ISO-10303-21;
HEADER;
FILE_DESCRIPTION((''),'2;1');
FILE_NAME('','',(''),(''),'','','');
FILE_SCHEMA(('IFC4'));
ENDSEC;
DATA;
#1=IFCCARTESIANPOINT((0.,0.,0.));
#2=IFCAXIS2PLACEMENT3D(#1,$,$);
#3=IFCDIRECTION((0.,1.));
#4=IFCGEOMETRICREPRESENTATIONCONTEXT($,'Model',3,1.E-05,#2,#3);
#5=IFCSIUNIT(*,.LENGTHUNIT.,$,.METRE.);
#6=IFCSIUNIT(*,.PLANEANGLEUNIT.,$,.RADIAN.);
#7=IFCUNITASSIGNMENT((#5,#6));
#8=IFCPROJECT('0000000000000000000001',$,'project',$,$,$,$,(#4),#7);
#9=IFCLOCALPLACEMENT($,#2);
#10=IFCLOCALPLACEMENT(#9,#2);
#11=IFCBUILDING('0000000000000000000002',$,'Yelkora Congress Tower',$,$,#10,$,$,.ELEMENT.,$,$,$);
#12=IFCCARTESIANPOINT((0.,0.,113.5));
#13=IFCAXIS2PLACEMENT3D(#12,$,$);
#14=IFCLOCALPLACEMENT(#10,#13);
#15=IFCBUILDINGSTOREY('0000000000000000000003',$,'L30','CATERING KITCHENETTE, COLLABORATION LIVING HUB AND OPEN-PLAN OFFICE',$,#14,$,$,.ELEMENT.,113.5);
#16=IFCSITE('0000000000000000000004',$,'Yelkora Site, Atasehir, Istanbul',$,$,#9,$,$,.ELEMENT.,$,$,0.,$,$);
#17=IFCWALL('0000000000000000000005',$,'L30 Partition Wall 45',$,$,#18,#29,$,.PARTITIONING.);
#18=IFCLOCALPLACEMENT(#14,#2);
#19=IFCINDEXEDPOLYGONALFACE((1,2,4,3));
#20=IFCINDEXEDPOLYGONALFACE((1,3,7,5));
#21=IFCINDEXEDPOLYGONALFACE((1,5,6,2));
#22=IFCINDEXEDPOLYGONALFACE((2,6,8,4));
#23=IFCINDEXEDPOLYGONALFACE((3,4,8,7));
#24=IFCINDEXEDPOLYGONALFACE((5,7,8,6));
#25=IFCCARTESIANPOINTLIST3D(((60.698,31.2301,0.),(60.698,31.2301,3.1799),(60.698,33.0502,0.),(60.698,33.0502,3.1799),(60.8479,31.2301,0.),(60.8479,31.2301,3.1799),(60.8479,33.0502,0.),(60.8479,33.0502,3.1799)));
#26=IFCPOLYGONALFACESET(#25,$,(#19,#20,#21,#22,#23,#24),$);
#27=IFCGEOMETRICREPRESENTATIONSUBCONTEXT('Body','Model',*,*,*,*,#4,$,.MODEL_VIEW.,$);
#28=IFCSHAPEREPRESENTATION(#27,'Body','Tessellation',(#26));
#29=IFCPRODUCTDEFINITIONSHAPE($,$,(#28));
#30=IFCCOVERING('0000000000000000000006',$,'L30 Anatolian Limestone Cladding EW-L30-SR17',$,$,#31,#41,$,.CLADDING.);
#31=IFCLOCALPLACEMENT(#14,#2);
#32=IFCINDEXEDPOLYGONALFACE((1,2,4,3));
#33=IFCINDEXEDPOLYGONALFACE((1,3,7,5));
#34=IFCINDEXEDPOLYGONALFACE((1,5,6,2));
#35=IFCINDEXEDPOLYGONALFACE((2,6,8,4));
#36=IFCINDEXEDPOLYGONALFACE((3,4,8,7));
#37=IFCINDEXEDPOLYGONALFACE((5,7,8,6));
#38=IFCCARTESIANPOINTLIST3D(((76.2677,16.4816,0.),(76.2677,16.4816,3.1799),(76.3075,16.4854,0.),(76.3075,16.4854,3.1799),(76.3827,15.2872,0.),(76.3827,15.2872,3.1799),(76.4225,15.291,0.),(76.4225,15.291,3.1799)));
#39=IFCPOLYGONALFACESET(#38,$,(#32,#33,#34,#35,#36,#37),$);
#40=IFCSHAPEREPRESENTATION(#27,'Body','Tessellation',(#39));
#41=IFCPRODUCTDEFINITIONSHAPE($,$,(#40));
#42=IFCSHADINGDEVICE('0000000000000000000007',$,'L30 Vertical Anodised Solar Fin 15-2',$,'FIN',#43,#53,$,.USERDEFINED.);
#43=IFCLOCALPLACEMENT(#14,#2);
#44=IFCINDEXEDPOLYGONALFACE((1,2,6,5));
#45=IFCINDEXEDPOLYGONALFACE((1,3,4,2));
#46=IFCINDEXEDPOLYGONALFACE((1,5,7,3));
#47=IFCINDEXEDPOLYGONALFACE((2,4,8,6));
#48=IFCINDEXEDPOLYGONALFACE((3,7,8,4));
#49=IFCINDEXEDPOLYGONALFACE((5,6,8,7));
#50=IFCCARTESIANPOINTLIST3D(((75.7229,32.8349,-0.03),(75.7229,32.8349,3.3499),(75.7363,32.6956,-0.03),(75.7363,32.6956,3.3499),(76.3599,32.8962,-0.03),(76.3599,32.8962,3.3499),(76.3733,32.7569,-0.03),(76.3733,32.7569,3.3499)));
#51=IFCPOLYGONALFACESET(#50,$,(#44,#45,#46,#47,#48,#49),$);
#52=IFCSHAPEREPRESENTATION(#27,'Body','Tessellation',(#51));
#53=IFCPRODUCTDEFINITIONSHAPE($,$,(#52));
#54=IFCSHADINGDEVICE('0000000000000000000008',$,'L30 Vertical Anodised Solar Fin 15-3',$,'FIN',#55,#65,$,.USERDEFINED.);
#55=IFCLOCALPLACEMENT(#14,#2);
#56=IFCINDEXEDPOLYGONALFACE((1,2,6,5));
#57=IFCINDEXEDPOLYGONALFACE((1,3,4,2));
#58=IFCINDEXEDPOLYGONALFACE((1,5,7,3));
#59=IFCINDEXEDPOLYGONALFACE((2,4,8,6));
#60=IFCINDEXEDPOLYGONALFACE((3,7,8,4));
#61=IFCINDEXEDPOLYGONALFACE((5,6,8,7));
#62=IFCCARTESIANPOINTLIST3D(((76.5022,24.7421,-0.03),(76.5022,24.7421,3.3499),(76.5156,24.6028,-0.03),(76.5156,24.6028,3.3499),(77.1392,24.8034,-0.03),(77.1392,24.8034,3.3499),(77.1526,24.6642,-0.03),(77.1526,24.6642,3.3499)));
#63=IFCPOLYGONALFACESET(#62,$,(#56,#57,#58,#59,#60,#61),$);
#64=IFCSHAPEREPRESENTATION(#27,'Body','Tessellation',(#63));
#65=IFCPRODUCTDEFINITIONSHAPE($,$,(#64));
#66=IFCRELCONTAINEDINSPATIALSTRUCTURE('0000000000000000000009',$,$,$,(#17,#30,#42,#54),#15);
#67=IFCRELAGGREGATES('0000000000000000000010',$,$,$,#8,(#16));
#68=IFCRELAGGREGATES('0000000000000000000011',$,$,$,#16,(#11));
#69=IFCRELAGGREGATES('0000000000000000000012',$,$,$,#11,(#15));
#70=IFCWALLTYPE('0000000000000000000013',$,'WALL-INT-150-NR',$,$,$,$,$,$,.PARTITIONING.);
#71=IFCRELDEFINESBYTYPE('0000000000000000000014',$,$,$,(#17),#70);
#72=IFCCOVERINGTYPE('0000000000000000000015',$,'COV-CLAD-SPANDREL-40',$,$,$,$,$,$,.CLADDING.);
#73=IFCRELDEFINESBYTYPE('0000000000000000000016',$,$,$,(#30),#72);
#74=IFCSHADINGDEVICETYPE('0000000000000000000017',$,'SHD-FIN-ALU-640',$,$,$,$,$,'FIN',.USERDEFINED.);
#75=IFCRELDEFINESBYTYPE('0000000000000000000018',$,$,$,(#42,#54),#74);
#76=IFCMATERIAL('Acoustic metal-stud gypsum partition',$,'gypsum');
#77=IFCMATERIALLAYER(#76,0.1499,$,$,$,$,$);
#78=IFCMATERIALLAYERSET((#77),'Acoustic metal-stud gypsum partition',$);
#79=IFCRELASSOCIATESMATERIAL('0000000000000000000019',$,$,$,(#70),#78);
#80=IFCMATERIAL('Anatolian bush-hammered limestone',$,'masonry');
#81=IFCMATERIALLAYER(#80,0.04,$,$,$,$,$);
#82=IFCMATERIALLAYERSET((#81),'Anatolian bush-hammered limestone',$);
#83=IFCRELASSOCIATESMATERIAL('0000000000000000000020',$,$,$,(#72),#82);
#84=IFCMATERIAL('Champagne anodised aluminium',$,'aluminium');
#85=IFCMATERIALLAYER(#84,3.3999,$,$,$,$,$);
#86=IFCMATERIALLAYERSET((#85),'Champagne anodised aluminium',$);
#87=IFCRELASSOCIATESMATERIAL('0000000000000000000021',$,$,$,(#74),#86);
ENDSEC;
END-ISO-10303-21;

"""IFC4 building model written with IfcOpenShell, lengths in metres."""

from ifc_helpers import new_model, si_unit, direction, frame, frame_2d, origin, origin_2d, place, context, subcontext, project, spatial, rectangle, extrude, material, layer, layer_set, type_object, element, save


model = new_model("IFC4")

# Units and contexts
model_context = context("Model", 3, precision=1e-05, world=origin(), true_north=direction((0.0, 1.0)))
body_context = subcontext(model_context, "Body", "Model", "MODEL_VIEW")
ifc_project = project(units=[si_unit("LENGTHUNIT", "METRE"), si_unit("PLANEANGLEUNIT", "RADIAN")], contexts=[model_context])

# Site, building, storey
site_placement = place(None, origin())
site = spatial("IfcSite", under=ifc_project, at=site_placement, Name="Yelkora Site, Atasehir, Istanbul", CompositionType="ELEMENT", RefElevation=0.0)
building_placement = place(site_placement, origin())
building = spatial("IfcBuilding", under=site, at=building_placement, Name="Yelkora Congress Tower", CompositionType="ELEMENT")
storey_placement = place(building_placement, frame((0.0, 0.0, 113.5)))
storey = spatial("IfcBuildingStorey", under=building, at=storey_placement, Name="L30", Description="CATERING KITCHENETTE, COLLABORATION LIVING HUB AND OPEN-PLAN OFFICE", CompositionType="ELEMENT", Elevation=113.5)

# Shared definitions
ifc_material_1 = material(Name="Acoustic metal-stud gypsum partition", Category="gypsum")
ifc_layer_1 = layer(ifc_material_1, 0.1499)
ifc_layer_set_1 = layer_set([ifc_layer_1], Name="Acoustic metal-stud gypsum partition")
wall_type_1 = type_object("IfcWallType", Name="WALL-INT-150-NR", PredefinedType="PARTITIONING", material=ifc_layer_set_1)

# Wall
wall_1_placement = place(storey_placement, frame((60.7729, 31.23, 0.0), z_axis=(0.0, 0.0, 1.0), x_axis=(0.0, 1.0, 0.0)))
element("IfcWall", 1, at=wall_1_placement, inside=storey, type_object=wall_type_1, Name="L30 Partition Wall 45", PredefinedType="PARTITIONING", context=body_context, shape_type="SweptSolid", body=[
    extrude(rectangle(XDim=1.8201, YDim=0.1499, at=frame_2d((0.9102, 0.0))), origin(), (0.0, 0.0, 1.0), 3.1799),
])

# Covering
ifc_material_2 = material(Name="Anatolian bush-hammered limestone", Category="masonry")
ifc_layer_2 = layer(ifc_material_2, 0.04)
ifc_layer_set_2 = layer_set([ifc_layer_2], Name="Anatolian bush-hammered limestone")
covering_type = type_object("IfcCoveringType", Name="COV-CLAD-SPANDREL-40", PredefinedType="CLADDING", material=ifc_layer_set_2)
covering_placement = place(storey_placement, frame((76.2876, 16.4836, 0.0), z_axis=(0.0, 0.0, 1.0), x_axis=(0.095836, -0.995397, 0.0)))
element("IfcCovering", 2, at=covering_placement, inside=storey, type_object=covering_type, Name="L30 Anatolian Limestone Cladding EW-L30-SR17", PredefinedType="CLADDING", context=body_context, shape_type="SweptSolid", body=[
    extrude(rectangle(XDim=1.2, YDim=0.04, at=frame_2d((0.6001, 0.0))), origin(), (0.0, 0.0, 1.0), 3.1799),
])

# Shading devices
ifc_material_3 = material(Name="Champagne anodised aluminium", Category="aluminium")
ifc_layer_3 = layer(ifc_material_3, 3.3999)
ifc_layer_set_3 = layer_set([ifc_layer_3], Name="Champagne anodised aluminium")
shading_device_type = type_object("IfcShadingDeviceType", Name="SHD-FIN-ALU-640", ElementType="FIN", PredefinedType="USERDEFINED", material=ifc_layer_set_3)
for number, where, z_axis, x_axis, name in (
    (3, (76.0481, 32.7959, -0.03), (0.0, 0.0, 1.0), (0.095846, -0.995396, 0.0), "L30 Vertical Anodised Solar Fin 15-2"),
    (4, (76.8274, 24.7031, -0.03), (0.0, 0.0, 1.0), (0.095846, -0.995396, 0.0), "L30 Vertical Anodised Solar Fin 15-3"),
):
    element("IfcShadingDevice", number, at=place(storey_placement, frame(where, z_axis=z_axis, x_axis=x_axis)), inside=storey, type_object=shading_device_type, Name=name, ObjectType="FIN", PredefinedType="USERDEFINED", context=body_context, shape_type="SweptSolid", body=[
        extrude(rectangle(XDim=0.1399, YDim=0.6399, at=origin_2d()), origin(), (0.0, 0.0, 1.0), 3.3799),
    ])

save(model, "model.ifc")
